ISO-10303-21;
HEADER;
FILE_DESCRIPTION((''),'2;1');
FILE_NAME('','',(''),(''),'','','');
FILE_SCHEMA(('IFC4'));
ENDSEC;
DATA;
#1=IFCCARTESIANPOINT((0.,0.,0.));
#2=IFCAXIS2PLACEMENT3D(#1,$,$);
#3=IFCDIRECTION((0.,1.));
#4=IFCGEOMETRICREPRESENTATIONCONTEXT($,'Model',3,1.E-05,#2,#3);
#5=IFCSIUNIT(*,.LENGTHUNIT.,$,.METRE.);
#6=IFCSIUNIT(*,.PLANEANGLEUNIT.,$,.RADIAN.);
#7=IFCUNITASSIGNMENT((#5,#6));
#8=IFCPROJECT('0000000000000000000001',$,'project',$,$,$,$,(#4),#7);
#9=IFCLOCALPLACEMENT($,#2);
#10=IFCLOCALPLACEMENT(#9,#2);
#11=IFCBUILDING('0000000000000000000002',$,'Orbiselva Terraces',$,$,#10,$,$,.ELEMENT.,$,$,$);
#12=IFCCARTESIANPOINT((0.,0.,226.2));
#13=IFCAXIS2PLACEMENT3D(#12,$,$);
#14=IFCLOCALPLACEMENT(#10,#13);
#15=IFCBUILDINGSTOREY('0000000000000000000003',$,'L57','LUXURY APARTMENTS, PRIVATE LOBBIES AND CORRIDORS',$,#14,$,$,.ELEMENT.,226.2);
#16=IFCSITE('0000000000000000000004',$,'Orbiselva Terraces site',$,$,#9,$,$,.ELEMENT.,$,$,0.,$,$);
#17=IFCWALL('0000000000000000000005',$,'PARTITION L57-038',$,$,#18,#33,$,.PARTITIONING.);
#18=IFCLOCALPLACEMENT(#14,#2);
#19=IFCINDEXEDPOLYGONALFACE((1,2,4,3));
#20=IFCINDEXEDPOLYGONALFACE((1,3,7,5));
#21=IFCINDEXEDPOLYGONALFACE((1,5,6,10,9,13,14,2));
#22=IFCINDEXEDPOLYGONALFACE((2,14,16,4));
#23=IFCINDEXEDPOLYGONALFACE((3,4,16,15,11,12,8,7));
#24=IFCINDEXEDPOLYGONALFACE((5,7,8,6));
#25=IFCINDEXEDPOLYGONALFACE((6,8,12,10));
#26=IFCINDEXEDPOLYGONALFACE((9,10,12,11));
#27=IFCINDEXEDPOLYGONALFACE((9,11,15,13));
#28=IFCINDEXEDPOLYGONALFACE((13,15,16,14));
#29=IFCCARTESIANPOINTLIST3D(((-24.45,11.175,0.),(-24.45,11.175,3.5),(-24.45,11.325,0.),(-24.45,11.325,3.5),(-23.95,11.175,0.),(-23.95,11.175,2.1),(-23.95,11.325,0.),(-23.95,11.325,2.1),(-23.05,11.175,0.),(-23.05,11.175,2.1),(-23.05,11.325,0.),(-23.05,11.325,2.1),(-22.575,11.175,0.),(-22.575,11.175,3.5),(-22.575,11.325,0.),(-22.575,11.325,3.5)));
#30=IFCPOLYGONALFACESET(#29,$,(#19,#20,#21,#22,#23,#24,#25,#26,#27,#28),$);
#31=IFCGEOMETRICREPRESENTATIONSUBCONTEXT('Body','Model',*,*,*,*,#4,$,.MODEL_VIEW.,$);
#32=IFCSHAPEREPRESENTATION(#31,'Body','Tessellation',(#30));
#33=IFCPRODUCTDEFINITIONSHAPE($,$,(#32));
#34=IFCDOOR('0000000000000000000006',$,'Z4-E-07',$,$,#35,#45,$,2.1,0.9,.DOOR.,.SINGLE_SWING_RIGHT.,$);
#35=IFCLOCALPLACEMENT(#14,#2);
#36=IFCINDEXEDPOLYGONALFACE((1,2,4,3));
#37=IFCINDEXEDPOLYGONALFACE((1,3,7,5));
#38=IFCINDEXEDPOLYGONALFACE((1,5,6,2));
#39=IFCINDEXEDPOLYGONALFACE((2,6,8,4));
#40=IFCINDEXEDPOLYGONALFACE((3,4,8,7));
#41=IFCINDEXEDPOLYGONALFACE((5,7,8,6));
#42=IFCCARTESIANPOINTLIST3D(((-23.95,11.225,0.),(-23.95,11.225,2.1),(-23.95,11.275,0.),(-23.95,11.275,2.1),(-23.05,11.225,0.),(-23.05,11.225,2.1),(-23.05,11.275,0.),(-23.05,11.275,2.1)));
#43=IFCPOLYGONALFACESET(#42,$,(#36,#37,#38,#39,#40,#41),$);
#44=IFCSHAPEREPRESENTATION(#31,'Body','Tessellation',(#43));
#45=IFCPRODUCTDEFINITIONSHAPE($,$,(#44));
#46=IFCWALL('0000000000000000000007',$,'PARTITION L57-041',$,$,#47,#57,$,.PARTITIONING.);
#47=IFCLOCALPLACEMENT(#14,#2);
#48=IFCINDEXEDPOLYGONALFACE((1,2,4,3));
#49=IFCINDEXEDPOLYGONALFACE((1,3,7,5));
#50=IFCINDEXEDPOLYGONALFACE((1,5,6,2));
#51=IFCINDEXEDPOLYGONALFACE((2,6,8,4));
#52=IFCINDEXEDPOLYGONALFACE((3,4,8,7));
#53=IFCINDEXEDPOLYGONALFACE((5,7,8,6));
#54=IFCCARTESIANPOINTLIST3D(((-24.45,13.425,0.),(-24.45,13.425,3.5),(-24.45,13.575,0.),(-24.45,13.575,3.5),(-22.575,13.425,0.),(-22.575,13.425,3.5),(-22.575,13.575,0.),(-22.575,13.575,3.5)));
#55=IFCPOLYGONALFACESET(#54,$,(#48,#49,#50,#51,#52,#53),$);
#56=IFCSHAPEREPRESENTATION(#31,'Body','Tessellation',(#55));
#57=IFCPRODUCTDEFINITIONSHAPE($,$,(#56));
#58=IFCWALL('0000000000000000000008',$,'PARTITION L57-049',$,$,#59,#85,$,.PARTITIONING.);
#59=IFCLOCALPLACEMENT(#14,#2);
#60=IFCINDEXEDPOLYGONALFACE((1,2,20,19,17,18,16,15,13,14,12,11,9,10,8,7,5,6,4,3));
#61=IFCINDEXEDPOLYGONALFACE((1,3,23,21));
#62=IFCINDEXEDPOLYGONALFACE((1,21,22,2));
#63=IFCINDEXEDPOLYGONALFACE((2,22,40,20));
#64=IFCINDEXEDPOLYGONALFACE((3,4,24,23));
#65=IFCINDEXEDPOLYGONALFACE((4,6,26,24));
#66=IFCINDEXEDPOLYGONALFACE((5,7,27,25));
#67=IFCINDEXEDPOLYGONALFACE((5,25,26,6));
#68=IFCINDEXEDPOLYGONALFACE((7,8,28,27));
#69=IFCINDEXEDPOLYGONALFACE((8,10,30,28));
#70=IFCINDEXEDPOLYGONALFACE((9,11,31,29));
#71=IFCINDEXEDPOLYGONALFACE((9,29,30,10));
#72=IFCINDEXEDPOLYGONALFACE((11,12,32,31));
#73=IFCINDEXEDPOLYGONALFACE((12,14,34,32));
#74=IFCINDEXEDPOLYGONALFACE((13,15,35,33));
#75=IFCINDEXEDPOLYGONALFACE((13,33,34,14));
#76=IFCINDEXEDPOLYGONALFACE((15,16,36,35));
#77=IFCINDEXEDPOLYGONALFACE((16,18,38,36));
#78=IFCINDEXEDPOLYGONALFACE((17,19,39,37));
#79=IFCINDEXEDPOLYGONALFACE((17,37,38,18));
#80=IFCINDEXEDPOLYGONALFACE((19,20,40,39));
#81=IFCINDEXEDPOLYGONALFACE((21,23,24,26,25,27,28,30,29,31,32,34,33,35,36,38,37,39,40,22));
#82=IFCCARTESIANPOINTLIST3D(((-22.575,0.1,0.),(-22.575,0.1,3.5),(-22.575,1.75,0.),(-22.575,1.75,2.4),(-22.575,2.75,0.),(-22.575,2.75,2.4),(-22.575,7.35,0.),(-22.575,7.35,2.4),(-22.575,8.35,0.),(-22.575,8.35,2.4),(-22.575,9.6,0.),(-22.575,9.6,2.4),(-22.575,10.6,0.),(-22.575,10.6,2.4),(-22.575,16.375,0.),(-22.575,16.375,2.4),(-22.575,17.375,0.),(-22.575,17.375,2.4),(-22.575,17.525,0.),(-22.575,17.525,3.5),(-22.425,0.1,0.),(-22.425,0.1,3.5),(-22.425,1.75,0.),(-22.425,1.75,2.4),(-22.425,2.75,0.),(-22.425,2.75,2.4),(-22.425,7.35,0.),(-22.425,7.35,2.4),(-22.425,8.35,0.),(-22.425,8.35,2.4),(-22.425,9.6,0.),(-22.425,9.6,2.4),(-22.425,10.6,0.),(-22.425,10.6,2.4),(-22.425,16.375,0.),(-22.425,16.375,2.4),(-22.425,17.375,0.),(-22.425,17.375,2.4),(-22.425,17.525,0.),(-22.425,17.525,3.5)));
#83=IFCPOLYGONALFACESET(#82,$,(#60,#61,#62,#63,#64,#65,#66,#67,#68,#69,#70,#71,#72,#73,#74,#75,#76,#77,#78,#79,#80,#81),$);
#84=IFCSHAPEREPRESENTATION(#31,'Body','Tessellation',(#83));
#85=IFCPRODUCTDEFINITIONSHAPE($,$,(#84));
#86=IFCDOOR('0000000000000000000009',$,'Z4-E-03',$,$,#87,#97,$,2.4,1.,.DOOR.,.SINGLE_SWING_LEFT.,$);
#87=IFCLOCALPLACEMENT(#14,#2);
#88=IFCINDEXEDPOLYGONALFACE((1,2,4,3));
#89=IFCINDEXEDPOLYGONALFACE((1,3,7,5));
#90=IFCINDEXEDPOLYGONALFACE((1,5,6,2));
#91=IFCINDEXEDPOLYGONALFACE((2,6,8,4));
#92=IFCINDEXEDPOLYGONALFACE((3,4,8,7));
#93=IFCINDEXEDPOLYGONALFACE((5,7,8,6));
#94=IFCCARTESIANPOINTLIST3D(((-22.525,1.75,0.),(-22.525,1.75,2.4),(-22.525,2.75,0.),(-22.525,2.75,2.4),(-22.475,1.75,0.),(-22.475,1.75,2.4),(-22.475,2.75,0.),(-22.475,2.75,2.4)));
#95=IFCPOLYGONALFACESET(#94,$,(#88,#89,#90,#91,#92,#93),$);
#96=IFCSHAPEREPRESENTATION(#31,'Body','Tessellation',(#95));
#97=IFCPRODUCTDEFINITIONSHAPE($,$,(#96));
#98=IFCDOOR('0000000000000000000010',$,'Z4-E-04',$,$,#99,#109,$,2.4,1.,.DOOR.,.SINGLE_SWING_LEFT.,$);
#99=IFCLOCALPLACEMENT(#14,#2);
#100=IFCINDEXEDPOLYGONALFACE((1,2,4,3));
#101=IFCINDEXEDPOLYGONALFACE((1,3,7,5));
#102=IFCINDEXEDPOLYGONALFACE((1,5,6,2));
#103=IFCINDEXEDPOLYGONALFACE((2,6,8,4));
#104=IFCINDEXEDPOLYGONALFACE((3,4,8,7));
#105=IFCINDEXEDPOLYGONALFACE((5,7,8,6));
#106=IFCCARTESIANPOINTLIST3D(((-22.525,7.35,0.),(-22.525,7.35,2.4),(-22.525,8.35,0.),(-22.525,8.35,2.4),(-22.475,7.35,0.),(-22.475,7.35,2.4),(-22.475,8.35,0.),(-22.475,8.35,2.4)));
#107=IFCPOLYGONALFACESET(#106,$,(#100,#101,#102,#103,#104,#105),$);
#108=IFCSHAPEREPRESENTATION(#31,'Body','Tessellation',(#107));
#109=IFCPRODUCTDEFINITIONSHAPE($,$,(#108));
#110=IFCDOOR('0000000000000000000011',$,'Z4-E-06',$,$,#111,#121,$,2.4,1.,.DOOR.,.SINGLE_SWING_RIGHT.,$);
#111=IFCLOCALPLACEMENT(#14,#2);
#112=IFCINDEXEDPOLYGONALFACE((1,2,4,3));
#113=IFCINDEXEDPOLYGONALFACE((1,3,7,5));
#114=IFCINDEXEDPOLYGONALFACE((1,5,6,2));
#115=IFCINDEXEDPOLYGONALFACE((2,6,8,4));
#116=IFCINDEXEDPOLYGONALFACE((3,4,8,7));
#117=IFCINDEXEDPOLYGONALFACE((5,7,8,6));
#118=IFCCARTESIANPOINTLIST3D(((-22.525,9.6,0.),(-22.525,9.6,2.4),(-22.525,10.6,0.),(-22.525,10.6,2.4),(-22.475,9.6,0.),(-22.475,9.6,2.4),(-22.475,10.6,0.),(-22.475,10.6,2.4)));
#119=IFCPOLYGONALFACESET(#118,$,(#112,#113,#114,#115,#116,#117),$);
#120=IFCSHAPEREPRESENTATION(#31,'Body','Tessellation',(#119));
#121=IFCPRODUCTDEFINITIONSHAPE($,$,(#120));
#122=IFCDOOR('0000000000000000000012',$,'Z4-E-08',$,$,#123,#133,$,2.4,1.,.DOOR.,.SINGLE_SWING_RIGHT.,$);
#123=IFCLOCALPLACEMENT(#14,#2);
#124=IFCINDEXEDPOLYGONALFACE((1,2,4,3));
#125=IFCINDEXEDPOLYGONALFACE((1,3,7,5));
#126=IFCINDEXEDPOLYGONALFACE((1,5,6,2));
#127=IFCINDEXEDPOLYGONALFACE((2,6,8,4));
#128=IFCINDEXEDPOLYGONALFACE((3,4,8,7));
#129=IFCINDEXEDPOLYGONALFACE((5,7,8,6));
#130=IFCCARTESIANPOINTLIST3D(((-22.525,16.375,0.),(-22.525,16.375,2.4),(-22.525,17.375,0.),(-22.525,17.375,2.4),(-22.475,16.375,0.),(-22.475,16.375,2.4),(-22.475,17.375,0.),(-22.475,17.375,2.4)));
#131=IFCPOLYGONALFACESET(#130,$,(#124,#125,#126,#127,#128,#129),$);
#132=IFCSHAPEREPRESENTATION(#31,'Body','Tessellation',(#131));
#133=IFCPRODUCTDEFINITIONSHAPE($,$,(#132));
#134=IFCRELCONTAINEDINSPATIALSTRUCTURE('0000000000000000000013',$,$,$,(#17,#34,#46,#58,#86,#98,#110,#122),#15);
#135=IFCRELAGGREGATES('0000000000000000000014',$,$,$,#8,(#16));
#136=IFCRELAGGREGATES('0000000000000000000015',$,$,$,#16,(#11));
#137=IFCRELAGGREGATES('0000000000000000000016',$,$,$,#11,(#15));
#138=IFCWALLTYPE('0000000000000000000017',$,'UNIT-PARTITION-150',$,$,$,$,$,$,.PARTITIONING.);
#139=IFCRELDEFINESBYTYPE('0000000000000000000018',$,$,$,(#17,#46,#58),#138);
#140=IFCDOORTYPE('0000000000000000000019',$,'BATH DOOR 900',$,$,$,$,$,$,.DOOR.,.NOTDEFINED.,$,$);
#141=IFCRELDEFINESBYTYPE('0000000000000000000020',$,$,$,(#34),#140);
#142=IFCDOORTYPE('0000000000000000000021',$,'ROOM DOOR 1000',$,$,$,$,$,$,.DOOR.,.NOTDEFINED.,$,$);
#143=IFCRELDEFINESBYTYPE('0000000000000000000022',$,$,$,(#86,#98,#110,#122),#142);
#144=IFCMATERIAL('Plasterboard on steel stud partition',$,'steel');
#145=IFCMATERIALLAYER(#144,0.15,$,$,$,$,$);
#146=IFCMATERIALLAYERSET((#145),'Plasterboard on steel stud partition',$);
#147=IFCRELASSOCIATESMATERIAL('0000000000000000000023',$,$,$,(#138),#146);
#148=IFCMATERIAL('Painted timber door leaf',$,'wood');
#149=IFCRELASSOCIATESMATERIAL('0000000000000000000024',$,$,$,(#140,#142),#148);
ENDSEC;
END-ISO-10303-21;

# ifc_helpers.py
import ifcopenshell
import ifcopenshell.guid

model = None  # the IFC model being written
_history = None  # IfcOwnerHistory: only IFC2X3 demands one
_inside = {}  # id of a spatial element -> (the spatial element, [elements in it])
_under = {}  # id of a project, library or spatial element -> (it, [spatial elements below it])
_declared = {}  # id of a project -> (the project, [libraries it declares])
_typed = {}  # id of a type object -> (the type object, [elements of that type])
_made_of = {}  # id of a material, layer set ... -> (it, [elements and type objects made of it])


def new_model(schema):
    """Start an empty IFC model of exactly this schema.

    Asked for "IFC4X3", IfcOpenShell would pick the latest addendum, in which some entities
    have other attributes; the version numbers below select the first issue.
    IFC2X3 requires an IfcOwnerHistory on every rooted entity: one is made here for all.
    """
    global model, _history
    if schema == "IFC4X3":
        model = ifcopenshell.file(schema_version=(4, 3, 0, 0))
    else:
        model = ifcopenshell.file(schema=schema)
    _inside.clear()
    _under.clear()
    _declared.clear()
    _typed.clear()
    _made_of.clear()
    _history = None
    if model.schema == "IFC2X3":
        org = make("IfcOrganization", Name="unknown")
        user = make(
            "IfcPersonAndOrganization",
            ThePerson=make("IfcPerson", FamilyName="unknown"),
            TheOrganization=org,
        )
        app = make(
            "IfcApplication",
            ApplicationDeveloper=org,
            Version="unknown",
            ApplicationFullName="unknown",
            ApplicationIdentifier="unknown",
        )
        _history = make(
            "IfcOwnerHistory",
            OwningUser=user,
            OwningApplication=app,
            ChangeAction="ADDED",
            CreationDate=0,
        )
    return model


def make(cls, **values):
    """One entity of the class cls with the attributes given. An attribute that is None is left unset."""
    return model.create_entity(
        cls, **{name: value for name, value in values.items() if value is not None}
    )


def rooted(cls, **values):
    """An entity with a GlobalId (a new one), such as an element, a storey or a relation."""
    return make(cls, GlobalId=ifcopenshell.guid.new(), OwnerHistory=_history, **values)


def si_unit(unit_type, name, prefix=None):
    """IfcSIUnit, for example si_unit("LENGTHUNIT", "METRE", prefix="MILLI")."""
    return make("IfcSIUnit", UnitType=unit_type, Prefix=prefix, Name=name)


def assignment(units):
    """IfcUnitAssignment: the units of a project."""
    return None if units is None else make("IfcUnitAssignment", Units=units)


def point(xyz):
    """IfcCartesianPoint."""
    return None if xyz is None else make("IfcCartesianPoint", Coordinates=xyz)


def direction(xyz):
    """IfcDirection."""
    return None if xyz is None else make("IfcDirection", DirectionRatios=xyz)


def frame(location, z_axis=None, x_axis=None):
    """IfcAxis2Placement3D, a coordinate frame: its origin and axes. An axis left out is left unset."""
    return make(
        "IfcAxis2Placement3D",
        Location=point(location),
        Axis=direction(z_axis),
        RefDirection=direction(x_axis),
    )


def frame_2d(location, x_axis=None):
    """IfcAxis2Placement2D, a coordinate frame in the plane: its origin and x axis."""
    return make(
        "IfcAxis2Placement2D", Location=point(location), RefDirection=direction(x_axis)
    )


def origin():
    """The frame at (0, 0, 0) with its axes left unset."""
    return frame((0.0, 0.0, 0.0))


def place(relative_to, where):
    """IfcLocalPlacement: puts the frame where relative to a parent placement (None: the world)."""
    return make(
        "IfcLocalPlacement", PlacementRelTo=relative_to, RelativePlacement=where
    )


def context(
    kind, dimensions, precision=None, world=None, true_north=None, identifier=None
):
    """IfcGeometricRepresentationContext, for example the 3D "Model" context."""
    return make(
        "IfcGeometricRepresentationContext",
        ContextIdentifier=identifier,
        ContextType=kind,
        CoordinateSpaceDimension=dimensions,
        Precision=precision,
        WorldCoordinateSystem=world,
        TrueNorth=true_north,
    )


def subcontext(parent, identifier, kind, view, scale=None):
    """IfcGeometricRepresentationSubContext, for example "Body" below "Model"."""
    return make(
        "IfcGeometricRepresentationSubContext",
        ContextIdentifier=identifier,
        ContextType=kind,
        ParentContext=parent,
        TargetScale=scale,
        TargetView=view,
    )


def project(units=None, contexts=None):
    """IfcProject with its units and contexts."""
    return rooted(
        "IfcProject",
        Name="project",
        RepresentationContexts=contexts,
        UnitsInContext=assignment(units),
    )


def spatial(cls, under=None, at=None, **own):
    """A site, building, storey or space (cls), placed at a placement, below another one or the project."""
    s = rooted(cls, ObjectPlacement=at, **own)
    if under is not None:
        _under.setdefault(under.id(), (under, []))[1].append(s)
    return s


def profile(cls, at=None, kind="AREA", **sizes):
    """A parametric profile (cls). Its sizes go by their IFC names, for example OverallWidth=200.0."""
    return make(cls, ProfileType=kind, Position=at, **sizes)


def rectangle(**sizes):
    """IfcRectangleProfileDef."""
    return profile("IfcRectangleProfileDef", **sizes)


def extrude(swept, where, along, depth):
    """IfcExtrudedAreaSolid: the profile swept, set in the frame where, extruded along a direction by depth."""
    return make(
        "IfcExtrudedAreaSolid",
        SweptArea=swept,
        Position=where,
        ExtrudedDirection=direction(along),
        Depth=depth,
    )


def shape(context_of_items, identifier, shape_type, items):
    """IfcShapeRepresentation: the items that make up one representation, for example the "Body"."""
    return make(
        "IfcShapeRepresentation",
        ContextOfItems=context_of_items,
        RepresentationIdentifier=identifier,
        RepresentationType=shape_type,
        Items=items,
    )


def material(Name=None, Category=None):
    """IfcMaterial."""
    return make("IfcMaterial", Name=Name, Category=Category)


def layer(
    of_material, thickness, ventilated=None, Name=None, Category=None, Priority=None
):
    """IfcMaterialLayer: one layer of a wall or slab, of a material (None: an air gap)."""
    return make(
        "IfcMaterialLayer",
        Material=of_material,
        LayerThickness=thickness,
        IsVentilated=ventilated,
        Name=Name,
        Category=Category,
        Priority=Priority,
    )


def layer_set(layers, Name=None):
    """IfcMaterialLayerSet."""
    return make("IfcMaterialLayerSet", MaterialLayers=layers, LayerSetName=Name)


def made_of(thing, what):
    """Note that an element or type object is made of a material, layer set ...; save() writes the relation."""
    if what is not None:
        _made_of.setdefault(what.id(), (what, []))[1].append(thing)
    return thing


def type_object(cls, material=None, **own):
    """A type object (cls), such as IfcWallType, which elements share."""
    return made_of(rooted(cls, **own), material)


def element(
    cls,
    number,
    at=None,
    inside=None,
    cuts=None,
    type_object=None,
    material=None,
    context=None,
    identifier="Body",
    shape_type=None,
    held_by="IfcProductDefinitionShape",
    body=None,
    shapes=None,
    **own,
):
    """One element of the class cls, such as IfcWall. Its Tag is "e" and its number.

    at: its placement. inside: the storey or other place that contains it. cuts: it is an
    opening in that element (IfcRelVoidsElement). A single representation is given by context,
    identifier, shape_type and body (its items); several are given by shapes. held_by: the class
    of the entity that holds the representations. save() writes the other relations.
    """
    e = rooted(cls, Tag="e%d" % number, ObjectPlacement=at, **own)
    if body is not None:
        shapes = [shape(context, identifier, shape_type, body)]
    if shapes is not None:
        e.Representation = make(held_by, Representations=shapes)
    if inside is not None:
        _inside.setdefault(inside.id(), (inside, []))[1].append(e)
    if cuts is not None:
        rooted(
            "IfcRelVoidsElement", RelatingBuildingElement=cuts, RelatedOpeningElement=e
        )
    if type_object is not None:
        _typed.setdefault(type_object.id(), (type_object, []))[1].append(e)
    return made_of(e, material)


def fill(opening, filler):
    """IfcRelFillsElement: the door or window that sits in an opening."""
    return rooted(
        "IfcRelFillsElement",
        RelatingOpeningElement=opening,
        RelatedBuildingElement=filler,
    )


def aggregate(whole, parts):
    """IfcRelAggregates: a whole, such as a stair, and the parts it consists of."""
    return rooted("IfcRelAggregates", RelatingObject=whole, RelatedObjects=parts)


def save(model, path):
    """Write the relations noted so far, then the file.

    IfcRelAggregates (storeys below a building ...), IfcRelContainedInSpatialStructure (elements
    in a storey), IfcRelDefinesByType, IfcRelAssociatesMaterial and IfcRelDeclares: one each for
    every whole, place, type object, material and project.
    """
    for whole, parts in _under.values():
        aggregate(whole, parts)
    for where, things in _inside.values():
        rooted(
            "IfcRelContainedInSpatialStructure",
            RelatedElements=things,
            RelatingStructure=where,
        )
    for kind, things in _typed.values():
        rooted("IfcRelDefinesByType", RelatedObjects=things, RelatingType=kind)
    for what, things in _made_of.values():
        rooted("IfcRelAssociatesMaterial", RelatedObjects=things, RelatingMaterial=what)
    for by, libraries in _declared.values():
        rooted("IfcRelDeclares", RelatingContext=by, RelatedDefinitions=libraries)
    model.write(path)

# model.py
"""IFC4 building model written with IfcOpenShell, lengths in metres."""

from ifc_helpers import new_model, si_unit, direction, frame, frame_2d, origin, place, context, subcontext, project, spatial, rectangle, extrude, material, layer, layer_set, type_object, element, fill, save


model = new_model("IFC4")

# Units and contexts
model_context = context("Model", 3, precision=1e-05, world=origin(), true_north=direction((0.0, 1.0)))
body_context = subcontext(model_context, "Body", "Model", "MODEL_VIEW")
ifc_project = project(units=[si_unit("LENGTHUNIT", "METRE"), si_unit("PLANEANGLEUNIT", "RADIAN")], contexts=[model_context])

# Site, building, storey
site_placement = place(None, origin())
site = spatial("IfcSite", under=ifc_project, at=site_placement, Name="Orbiselva Terraces site", CompositionType="ELEMENT", RefElevation=0.0)
building_placement = place(site_placement, origin())
building = spatial("IfcBuilding", under=site, at=building_placement, Name="Orbiselva Terraces", CompositionType="ELEMENT")
storey_placement = place(building_placement, frame((0.0, 0.0, 226.2)))
storey = spatial("IfcBuildingStorey", under=building, at=storey_placement, Name="L57", Description="LUXURY APARTMENTS, PRIVATE LOBBIES AND CORRIDORS", CompositionType="ELEMENT", Elevation=226.2)

# Shared definitions
ifc_material_1 = material(Name="Plasterboard on steel stud partition", Category="steel")
ifc_layer_1 = layer(ifc_material_1, 0.15)
ifc_layer_set_1 = layer_set([ifc_layer_1], Name="Plasterboard on steel stud partition")
wall_type_1 = type_object("IfcWallType", Name="UNIT-PARTITION-150", PredefinedType="PARTITIONING", material=ifc_layer_set_1)

# Wall, opening, door
wall_1_placement = place(storey_placement, frame((-24.45, 11.25, 0.0), z_axis=(0.0, 0.0, 1.0), x_axis=(1.0, 0.0, 0.0)))
wall_1 = element("IfcWall", 1, at=wall_1_placement, inside=storey, type_object=wall_type_1, Name="PARTITION L57-038", PredefinedType="PARTITIONING", context=body_context, shape_type="SweptSolid", body=[
    extrude(rectangle(XDim=1.875, YDim=0.15, at=frame_2d((0.9375, 0.0))), origin(), (0.0, 0.0, 1.0), 3.5),
])
opening_1_placement = place(wall_1_placement, frame((0.5, 0.0, 0.0)))
opening_1 = element("IfcOpeningElement", 2, at=opening_1_placement, cuts=wall_1, PredefinedType="OPENING", context=body_context, shape_type="SweptSolid", body=[
    extrude(rectangle(XDim=0.9, YDim=2.1, at=frame_2d((0.45, 1.05))), frame((0.0, 0.085, 0.0), z_axis=(0.0, -1.0, 0.0), x_axis=(1.0, 0.0, 0.0)), (0.0, 0.0, 1.0), 0.17),
])
ifc_material_2 = material(Name="Painted timber door leaf", Category="wood")
door_type_1 = type_object("IfcDoorType", Name="BATH DOOR 900", OperationType="NOTDEFINED", PredefinedType="DOOR", material=ifc_material_2)
door_1_placement = place(opening_1_placement, origin())
door_1 = element("IfcDoor", 3, at=door_1_placement, inside=storey, type_object=door_type_1, Name="Z4-E-07", OperationType="SINGLE_SWING_RIGHT", OverallHeight=2.1, OverallWidth=0.9, PredefinedType="DOOR", context=body_context, shape_type="SweptSolid", body=[
    extrude(rectangle(XDim=0.9, YDim=2.1, at=frame_2d((0.45, 1.05))), frame((0.0, 0.025, 0.0), z_axis=(0.0, -1.0, 0.0), x_axis=(1.0, 0.0, 0.0)), (0.0, 0.0, 1.0), 0.05),
])
fill(opening_1, door_1)

# Wall
wall_2_placement = place(storey_placement, frame((-24.45, 13.5, 0.0), z_axis=(0.0, 0.0, 1.0), x_axis=(1.0, 0.0, 0.0)))
element("IfcWall", 4, at=wall_2_placement, inside=storey, type_object=wall_type_1, Name="PARTITION L57-041", PredefinedType="PARTITIONING", context=body_context, shape_type="SweptSolid", body=[
    extrude(rectangle(XDim=1.875, YDim=0.15, at=frame_2d((0.9375, 0.0))), origin(), (0.0, 0.0, 1.0), 3.5),
])

# Wall, openings, doors
wall_3_placement = place(storey_placement, frame((-22.5, 0.1, 0.0), z_axis=(0.0, 0.0, 1.0), x_axis=(0.0, 1.0, 0.0)))
wall_3 = element("IfcWall", 5, at=wall_3_placement, inside=storey, type_object=wall_type_1, Name="PARTITION L57-049", PredefinedType="PARTITIONING", context=body_context, shape_type="SweptSolid", body=[
    extrude(rectangle(XDim=17.425, YDim=0.15, at=frame_2d((8.7125, 0.0))), origin(), (0.0, 0.0, 1.0), 3.5),
])
opening_2_placement = place(wall_3_placement, frame((1.65, 0.0, 0.0)))
opening_2 = element("IfcOpeningElement", 6, at=opening_2_placement, cuts=wall_3, PredefinedType="OPENING", context=body_context, shape_type="SweptSolid", body=[
    extrude(rectangle(XDim=1.0, YDim=2.4, at=frame_2d((0.5, 1.2))), frame((0.0, 0.085, 0.0), z_axis=(0.0, -1.0, 0.0), x_axis=(1.0, 0.0, 0.0)), (0.0, 0.0, 1.0), 0.17),
])
opening_3_placement = place(wall_3_placement, frame((7.25, 0.0, 0.0)))
opening_3 = element("IfcOpeningElement", 7, at=opening_3_placement, cuts=wall_3, PredefinedType="OPENING", context=body_context, shape_type="SweptSolid", body=[
    extrude(rectangle(XDim=1.0, YDim=2.4, at=frame_2d((0.5, 1.2))), frame((0.0, 0.085, 0.0), z_axis=(0.0, -1.0, 0.0), x_axis=(1.0, 0.0, 0.0)), (0.0, 0.0, 1.0), 0.17),
])
opening_4_placement = place(wall_3_placement, frame((9.5, 0.0, 0.0)))
opening_4 = element("IfcOpeningElement", 8, at=opening_4_placement, cuts=wall_3, PredefinedType="OPENING", context=body_context, shape_type="SweptSolid", body=[
    extrude(rectangle(XDim=1.0, YDim=2.4, at=frame_2d((0.5, 1.2))), frame((0.0, 0.085, 0.0), z_axis=(0.0, -1.0, 0.0), x_axis=(1.0, 0.0, 0.0)), (0.0, 0.0, 1.0), 0.17),
])
opening_5_placement = place(wall_3_placement, frame((16.275, 0.0, 0.0)))
opening_5 = element("IfcOpeningElement", 9, at=opening_5_placement, cuts=wall_3, PredefinedType="OPENING", context=body_context, shape_type="SweptSolid", body=[
    extrude(rectangle(XDim=1.0, YDim=2.4, at=frame_2d((0.5, 1.2))), frame((0.0, 0.085, 0.0), z_axis=(0.0, -1.0, 0.0), x_axis=(1.0, 0.0, 0.0)), (0.0, 0.0, 1.0), 0.17),
])
door_type_2 = type_object("IfcDoorType", Name="ROOM DOOR 1000", OperationType="NOTDEFINED", PredefinedType="DOOR", material=ifc_material_2)
door_2_placement = place(opening_2_placement, origin())
door_2 = element("IfcDoor", 10, at=door_2_placement, inside=storey, type_object=door_type_2, Name="Z4-E-03", OperationType="SINGLE_SWING_LEFT", OverallHeight=2.4, OverallWidth=1.0, PredefinedType="DOOR", context=body_context, shape_type="SweptSolid", body=[
    extrude(rectangle(XDim=1.0, YDim=2.4, at=frame_2d((0.5, 1.2))), frame((0.0, 0.025, 0.0), z_axis=(0.0, -1.0, 0.0), x_axis=(1.0, 0.0, 0.0)), (0.0, 0.0, 1.0), 0.05),
])
fill(opening_2, door_2)
door_3_placement = place(opening_3_placement, origin())
door_3 = element("IfcDoor", 11, at=door_3_placement, inside=storey, type_object=door_type_2, Name="Z4-E-04", OperationType="SINGLE_SWING_LEFT", OverallHeight=2.4, OverallWidth=1.0, PredefinedType="DOOR", context=body_context, shape_type="SweptSolid", body=[
    extrude(rectangle(XDim=1.0, YDim=2.4, at=frame_2d((0.5, 1.2))), frame((0.0, 0.025, 0.0), z_axis=(0.0, -1.0, 0.0), x_axis=(1.0, 0.0, 0.0)), (0.0, 0.0, 1.0), 0.05),
])
fill(opening_3, door_3)
door_4_placement = place(opening_4_placement, origin())
door_4 = element("IfcDoor", 12, at=door_4_placement, inside=storey, type_object=door_type_2, Name="Z4-E-06", OperationType="SINGLE_SWING_RIGHT", OverallHeight=2.4, OverallWidth=1.0, PredefinedType="DOOR", context=body_context, shape_type="SweptSolid", body=[
    extrude(rectangle(XDim=1.0, YDim=2.4, at=frame_2d((0.5, 1.2))), frame((0.0, 0.025, 0.0), z_axis=(0.0, -1.0, 0.0), x_axis=(1.0, 0.0, 0.0)), (0.0, 0.0, 1.0), 0.05),
])
fill(opening_4, door_4)
door_5_placement = place(opening_5_placement, origin())
door_5 = element("IfcDoor", 13, at=door_5_placement, inside=storey, type_object=door_type_2, Name="Z4-E-08", OperationType="SINGLE_SWING_RIGHT", OverallHeight=2.4, OverallWidth=1.0, PredefinedType="DOOR", context=body_context, shape_type="SweptSolid", body=[
    extrude(rectangle(XDim=1.0, YDim=2.4, at=frame_2d((0.5, 1.2))), frame((0.0, 0.025, 0.0), z_axis=(0.0, -1.0, 0.0), x_axis=(1.0, 0.0, 0.0)), (0.0, 0.0, 1.0), 0.05),
])
fill(opening_5, door_5)

save(model, "model.ifc")
